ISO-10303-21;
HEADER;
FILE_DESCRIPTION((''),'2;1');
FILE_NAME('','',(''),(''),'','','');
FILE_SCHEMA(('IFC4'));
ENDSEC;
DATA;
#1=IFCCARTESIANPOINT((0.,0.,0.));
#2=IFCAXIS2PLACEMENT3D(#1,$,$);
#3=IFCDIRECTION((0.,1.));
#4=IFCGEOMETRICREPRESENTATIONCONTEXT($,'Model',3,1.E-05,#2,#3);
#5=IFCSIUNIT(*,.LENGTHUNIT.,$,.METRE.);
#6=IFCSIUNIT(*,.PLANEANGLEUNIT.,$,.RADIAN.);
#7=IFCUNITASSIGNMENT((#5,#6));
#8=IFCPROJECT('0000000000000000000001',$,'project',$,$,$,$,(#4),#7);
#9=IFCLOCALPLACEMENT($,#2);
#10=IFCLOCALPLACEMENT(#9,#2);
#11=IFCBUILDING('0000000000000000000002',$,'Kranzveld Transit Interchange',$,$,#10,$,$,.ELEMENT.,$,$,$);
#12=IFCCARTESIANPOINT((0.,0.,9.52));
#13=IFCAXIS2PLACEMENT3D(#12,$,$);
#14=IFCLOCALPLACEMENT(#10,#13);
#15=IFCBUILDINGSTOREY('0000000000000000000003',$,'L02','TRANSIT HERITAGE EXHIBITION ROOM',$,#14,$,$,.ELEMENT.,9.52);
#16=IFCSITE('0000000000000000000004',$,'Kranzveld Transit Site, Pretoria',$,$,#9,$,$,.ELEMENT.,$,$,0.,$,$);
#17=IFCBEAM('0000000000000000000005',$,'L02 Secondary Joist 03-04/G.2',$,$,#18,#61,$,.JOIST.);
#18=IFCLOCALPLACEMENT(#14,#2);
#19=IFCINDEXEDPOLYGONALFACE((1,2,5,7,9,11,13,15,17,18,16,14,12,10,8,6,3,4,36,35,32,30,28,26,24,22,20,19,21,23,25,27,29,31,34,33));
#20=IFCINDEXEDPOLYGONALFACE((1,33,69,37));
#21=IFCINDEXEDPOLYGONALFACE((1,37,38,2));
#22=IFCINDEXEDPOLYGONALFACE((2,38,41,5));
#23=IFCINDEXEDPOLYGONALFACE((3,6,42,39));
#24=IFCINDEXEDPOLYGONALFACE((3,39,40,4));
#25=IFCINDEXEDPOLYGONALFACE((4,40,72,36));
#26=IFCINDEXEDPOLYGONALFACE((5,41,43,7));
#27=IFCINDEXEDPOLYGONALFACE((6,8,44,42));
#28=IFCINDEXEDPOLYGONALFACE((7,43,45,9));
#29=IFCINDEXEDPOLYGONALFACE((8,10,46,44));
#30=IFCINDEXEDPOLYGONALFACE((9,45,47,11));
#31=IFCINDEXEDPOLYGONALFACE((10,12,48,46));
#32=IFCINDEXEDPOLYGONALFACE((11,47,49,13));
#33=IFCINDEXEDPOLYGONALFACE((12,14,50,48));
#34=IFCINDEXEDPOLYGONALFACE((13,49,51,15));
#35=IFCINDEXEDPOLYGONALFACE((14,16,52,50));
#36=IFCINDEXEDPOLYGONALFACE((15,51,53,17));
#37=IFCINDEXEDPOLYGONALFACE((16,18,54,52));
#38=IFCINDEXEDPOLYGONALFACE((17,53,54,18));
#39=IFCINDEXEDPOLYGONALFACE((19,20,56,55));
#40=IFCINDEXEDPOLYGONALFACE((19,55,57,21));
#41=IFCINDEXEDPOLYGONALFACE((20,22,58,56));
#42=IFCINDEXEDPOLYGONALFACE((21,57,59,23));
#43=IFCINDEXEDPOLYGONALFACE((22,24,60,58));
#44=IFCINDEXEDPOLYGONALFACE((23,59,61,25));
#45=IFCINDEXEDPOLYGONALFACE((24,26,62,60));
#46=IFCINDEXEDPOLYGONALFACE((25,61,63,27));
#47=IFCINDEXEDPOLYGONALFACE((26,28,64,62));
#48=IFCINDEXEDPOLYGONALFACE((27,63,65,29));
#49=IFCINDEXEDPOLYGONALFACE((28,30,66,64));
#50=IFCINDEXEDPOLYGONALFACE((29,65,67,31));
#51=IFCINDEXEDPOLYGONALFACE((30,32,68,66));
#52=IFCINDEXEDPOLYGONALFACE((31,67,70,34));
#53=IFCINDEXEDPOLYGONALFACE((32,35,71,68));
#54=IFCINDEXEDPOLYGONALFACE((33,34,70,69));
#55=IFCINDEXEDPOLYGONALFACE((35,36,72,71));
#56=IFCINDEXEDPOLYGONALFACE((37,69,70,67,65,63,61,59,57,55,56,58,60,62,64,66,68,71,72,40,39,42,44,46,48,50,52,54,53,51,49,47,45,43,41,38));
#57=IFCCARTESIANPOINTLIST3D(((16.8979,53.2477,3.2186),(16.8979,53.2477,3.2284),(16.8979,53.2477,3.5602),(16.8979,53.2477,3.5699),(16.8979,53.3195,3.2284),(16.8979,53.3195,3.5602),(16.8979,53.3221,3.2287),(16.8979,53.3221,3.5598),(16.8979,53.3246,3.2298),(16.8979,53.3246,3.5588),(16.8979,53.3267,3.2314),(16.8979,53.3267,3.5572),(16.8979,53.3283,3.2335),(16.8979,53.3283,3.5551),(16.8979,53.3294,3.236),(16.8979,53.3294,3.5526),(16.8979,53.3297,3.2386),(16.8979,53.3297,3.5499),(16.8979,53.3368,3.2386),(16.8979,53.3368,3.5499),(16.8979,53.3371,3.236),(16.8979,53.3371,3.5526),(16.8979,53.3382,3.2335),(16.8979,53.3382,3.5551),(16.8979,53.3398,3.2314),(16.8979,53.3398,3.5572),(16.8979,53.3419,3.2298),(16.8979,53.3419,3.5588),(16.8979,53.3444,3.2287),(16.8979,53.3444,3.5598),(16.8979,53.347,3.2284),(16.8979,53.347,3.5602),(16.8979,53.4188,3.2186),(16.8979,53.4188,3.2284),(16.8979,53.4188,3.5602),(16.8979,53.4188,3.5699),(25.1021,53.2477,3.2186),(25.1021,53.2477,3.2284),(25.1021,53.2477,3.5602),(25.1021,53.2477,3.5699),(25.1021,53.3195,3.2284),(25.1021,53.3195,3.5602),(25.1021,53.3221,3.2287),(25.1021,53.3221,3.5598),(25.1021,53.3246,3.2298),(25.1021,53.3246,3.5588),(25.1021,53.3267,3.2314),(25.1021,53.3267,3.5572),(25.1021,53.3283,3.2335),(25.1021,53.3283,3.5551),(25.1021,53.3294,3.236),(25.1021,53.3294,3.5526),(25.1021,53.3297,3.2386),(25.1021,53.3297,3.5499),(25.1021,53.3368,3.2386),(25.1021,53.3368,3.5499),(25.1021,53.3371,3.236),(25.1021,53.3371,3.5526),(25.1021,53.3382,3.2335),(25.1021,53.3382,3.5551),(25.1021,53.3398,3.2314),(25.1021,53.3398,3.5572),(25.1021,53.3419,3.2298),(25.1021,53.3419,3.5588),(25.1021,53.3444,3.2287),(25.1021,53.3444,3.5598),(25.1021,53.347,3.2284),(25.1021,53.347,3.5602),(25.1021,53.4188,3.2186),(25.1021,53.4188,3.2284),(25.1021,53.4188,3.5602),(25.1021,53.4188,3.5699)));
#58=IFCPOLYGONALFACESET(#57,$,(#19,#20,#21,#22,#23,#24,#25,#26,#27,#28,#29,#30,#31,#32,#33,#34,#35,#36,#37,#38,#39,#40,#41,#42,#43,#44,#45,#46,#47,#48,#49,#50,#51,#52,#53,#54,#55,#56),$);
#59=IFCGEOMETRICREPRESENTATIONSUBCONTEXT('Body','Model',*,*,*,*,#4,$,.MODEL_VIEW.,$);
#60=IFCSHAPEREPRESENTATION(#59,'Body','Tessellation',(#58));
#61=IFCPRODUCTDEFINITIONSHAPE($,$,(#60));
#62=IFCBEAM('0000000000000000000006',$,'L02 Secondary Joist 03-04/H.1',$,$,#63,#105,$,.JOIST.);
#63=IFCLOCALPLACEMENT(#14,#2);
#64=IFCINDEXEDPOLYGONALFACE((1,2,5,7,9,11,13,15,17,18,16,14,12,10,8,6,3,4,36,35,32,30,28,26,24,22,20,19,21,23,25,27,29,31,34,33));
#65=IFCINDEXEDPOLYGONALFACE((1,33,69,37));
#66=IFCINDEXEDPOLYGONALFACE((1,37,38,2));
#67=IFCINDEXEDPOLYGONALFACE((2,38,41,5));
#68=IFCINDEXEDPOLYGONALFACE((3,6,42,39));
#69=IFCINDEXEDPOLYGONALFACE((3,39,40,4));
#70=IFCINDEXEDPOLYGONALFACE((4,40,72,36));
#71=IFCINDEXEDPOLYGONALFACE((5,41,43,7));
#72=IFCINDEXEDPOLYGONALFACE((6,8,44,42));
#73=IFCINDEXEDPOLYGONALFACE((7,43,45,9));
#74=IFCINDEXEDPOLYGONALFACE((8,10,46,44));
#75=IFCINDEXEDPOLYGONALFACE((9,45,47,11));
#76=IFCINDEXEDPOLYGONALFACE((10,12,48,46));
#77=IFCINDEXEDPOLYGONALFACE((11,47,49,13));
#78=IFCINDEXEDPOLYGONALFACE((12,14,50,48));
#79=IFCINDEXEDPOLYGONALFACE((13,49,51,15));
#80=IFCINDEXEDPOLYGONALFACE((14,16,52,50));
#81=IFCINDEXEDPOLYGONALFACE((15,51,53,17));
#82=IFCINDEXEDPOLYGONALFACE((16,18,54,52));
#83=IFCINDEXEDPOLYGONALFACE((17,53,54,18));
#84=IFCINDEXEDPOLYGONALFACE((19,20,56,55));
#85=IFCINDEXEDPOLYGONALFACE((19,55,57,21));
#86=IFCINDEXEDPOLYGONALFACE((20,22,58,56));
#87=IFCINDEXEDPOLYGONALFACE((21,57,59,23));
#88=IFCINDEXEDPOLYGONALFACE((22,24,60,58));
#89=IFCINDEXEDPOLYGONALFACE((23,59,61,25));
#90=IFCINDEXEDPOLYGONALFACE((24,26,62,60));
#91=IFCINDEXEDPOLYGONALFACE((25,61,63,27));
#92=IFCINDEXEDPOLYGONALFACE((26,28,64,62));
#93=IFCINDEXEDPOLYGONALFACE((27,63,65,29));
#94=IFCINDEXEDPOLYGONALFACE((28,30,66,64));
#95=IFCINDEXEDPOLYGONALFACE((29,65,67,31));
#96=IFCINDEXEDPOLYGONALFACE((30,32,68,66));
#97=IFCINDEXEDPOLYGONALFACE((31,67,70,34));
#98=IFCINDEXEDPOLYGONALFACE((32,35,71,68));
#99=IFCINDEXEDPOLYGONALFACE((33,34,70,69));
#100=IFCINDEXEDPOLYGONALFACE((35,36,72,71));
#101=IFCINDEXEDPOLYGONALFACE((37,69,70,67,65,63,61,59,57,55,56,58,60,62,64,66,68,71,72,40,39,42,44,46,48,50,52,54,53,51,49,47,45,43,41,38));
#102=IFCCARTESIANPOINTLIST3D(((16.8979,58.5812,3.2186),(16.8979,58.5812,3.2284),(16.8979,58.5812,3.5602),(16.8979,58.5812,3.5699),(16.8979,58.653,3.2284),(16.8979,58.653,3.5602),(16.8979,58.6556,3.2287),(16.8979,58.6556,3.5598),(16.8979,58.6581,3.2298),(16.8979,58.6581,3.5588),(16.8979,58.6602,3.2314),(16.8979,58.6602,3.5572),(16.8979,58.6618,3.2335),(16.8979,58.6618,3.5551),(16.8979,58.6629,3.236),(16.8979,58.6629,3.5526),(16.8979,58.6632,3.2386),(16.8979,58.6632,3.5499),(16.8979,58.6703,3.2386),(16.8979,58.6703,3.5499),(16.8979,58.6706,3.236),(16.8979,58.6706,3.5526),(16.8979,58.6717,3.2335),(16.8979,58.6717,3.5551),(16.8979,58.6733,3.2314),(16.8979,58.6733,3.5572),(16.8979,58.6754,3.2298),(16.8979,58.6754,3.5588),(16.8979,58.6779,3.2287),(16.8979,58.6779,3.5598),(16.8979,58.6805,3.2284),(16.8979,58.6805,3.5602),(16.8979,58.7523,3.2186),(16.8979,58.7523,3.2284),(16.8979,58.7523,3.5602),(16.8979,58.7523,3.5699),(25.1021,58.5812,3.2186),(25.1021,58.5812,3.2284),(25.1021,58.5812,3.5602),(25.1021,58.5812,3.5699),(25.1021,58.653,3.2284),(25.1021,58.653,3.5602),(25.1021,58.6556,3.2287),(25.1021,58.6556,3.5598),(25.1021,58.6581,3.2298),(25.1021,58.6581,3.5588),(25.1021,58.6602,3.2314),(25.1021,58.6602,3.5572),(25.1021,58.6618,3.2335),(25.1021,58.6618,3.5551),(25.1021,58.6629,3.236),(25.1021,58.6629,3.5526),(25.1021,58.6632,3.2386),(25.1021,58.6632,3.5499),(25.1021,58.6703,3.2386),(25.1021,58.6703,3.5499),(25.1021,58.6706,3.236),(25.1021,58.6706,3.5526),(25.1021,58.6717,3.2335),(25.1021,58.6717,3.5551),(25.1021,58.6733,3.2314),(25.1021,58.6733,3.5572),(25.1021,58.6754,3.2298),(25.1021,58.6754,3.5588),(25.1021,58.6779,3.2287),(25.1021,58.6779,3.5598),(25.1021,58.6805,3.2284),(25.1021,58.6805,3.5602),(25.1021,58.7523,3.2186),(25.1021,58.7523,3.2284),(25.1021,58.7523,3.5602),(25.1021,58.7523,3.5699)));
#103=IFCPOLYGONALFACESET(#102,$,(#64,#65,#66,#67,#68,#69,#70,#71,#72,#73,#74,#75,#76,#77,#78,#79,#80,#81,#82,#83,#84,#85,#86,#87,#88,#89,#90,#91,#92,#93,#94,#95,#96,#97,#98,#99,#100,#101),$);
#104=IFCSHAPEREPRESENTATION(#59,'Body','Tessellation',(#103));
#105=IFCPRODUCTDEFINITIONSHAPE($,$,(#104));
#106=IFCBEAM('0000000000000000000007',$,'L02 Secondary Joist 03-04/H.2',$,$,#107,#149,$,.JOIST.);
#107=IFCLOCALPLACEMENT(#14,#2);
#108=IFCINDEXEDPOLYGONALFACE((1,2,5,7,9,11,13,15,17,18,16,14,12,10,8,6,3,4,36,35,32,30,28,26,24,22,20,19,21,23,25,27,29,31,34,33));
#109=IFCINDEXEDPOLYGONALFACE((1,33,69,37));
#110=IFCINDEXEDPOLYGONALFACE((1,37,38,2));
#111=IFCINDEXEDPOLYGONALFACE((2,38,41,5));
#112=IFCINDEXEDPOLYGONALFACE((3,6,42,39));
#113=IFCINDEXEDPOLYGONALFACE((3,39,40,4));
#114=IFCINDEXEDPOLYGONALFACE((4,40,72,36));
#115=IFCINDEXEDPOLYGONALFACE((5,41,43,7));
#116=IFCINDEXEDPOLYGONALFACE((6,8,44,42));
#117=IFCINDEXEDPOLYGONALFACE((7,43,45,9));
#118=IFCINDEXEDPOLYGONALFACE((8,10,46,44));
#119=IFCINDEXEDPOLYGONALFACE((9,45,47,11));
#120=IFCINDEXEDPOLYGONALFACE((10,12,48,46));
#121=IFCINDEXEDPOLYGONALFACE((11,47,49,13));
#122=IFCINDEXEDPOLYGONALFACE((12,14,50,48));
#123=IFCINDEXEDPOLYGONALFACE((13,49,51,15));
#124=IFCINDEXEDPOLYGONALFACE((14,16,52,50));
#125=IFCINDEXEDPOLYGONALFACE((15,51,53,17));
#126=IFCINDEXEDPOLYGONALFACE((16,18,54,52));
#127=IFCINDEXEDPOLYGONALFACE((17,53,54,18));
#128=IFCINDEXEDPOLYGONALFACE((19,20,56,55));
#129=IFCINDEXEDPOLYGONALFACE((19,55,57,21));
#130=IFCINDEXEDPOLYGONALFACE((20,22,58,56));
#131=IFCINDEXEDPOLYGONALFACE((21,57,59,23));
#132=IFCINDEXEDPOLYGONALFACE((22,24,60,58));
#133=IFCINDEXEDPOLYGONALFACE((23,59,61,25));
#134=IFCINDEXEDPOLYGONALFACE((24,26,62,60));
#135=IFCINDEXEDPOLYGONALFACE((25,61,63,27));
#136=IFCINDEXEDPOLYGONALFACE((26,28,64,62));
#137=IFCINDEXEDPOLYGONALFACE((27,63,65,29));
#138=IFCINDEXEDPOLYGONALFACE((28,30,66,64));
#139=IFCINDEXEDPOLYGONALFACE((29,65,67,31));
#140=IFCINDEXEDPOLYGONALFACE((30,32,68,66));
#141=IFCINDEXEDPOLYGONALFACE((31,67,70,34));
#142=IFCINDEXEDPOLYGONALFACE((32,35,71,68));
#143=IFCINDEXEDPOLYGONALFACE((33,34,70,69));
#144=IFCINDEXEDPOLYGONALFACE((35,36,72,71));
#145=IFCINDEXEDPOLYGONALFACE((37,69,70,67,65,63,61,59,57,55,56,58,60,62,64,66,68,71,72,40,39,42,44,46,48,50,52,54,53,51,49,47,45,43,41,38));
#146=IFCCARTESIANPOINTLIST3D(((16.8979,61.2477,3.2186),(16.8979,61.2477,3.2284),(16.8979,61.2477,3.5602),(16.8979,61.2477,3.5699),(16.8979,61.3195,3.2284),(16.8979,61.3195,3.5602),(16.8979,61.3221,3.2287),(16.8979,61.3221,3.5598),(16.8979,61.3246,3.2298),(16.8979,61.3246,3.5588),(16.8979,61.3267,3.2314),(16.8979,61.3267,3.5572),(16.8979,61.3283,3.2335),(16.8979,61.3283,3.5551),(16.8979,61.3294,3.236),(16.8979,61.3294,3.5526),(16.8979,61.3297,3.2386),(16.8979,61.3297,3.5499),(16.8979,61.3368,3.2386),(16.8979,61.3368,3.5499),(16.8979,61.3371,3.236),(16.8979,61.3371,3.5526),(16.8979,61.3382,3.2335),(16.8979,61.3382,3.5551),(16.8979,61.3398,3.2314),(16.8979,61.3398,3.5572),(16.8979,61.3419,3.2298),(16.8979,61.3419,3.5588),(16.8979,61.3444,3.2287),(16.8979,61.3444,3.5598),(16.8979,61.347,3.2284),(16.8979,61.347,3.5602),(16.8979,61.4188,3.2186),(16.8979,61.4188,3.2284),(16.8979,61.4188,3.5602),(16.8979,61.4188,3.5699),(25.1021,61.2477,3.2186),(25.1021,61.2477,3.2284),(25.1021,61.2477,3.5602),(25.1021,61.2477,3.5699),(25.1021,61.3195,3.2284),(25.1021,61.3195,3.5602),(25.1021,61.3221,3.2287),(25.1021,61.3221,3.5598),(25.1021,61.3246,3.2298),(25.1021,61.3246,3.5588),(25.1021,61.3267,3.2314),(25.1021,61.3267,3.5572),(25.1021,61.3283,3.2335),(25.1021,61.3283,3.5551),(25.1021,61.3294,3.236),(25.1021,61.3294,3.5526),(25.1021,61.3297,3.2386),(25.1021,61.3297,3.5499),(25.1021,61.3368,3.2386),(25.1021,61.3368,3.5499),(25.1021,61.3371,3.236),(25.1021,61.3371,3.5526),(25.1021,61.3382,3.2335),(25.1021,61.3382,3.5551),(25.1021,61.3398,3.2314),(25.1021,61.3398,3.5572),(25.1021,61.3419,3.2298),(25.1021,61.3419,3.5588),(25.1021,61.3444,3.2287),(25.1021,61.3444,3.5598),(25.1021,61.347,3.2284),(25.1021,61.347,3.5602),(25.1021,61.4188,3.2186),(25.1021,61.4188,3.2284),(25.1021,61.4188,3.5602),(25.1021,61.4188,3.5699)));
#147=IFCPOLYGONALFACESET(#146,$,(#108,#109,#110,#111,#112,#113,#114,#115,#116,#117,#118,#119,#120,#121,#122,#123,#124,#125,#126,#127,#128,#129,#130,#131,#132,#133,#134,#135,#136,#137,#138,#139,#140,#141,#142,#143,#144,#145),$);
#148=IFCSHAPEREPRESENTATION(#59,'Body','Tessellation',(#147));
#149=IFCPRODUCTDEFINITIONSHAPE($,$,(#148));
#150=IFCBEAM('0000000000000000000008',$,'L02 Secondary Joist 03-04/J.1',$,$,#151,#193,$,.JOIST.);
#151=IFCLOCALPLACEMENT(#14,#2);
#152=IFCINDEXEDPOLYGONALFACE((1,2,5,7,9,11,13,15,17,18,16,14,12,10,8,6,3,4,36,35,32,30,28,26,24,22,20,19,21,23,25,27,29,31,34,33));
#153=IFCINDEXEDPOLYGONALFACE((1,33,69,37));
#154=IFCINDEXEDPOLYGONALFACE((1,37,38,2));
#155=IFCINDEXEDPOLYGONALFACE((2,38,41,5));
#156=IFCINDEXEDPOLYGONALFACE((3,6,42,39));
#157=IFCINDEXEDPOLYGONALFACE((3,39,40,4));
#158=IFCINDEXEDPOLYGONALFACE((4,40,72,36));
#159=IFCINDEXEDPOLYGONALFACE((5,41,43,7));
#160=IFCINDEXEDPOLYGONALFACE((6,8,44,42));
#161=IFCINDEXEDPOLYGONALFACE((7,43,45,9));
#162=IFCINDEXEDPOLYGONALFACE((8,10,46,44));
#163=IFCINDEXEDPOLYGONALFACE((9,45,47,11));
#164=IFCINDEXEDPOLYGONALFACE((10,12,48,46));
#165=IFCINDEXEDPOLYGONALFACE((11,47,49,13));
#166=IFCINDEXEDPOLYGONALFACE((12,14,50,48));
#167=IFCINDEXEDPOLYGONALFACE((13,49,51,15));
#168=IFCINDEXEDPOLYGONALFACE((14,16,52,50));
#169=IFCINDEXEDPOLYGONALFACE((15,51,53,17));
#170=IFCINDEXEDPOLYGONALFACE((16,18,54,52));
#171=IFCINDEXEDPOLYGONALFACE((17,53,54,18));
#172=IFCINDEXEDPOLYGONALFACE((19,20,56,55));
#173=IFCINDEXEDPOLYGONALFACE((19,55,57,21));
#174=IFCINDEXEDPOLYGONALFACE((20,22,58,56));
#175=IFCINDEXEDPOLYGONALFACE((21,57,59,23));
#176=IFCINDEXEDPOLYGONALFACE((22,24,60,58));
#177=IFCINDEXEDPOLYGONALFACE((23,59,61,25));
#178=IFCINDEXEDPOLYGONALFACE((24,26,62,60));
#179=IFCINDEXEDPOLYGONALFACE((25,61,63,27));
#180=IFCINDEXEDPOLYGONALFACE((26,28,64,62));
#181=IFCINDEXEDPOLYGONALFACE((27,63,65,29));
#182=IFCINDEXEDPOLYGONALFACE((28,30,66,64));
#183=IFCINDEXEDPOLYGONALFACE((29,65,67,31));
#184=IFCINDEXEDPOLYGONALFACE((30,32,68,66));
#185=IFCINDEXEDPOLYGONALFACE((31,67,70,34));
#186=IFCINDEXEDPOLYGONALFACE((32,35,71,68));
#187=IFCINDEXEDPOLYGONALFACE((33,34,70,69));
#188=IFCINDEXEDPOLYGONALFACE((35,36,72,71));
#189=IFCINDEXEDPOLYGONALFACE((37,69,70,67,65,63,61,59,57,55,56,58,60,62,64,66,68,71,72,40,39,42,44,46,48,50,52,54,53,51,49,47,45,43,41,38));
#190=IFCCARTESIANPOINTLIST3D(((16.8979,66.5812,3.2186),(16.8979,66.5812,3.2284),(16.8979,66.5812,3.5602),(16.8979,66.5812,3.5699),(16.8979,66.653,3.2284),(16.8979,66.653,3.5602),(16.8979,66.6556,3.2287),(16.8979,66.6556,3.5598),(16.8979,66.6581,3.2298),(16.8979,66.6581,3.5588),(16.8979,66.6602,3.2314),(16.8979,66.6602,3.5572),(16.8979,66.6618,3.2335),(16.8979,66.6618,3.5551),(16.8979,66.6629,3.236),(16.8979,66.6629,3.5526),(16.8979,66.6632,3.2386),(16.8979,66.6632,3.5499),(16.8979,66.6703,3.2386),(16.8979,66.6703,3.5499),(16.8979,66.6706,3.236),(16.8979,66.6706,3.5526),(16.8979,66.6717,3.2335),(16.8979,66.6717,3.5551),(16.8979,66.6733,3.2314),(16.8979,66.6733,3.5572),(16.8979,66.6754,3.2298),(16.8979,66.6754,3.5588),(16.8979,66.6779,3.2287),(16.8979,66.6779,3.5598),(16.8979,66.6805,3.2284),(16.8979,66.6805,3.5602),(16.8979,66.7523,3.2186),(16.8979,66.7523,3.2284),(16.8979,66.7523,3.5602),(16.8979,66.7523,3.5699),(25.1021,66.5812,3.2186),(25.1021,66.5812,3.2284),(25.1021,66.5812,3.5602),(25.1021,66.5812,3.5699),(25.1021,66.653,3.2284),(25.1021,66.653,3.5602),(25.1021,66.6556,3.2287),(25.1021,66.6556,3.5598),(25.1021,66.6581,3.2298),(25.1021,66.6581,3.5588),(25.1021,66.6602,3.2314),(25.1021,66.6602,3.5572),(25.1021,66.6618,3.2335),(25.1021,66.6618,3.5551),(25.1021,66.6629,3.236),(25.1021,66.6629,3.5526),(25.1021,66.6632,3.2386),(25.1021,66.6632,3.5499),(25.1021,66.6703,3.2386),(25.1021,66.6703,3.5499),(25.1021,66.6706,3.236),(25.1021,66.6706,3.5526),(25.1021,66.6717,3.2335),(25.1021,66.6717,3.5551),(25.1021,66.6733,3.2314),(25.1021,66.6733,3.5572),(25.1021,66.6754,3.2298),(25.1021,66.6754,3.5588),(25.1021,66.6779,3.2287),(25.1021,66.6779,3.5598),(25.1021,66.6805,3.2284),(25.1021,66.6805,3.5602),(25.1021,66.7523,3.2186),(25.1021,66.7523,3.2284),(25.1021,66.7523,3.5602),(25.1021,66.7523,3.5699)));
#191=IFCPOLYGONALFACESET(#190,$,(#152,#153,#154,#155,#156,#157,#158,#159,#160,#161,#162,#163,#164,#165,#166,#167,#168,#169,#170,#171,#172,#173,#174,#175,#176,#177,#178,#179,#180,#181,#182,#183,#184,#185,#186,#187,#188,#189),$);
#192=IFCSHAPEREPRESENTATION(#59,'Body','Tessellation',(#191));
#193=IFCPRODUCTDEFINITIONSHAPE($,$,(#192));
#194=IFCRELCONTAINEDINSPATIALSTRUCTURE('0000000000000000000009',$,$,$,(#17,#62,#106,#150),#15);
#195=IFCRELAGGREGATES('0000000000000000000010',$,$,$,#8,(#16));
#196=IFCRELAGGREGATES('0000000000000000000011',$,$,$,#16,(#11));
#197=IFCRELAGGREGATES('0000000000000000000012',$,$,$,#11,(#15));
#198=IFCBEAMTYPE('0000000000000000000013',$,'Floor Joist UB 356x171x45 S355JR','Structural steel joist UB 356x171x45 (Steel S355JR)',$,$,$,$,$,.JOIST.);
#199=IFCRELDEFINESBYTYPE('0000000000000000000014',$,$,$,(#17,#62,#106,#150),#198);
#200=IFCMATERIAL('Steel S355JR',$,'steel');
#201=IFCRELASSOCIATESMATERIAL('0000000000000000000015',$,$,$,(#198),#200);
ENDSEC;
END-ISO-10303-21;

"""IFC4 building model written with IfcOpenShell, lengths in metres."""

from ifc_helpers import new_model, si_unit, direction, frame, origin, origin_2d, place, context, subcontext, project, spatial, i_section, extrude, material, material_profile, profile_set, type_object, element, save


model = new_model("IFC4")

# Units and contexts
model_context = context("Model", 3, precision=1e-05, world=origin(), true_north=direction((0.0, 1.0)))
body_context = subcontext(model_context, "Body", "Model", "MODEL_VIEW")
ifc_project = project(units=[si_unit("LENGTHUNIT", "METRE"), si_unit("PLANEANGLEUNIT", "RADIAN")], contexts=[model_context])

# Site, building, storey
site_placement = place(None, origin())
site = spatial("IfcSite", under=ifc_project, at=site_placement, Name="Kranzveld Transit Site, Pretoria", CompositionType="ELEMENT", RefElevation=0.0)
building_placement = place(site_placement, origin())
building = spatial("IfcBuilding", under=site, at=building_placement, Name="Kranzveld Transit Interchange", CompositionType="ELEMENT")
storey_placement = place(building_placement, frame((0.0, 0.0, 9.52)))
storey = spatial("IfcBuildingStorey", under=building, at=storey_placement, Name="L02", Description="TRANSIT HERITAGE EXHIBITION ROOM", CompositionType="ELEMENT", Elevation=9.52)

# Beams
ifc_material_1 = material(Name="Steel S355JR", Category="steel")
ifc_material_profile_1 = material_profile(ifc_material_1, i_section(OverallWidth=0.1711, OverallDepth=0.3513, WebThickness=0.0071, FlangeThickness=0.0098, FilletRadius=0.0103, at=origin_2d()), Name="UB 356x171x45")
ifc_profile_set_1 = profile_set([ifc_material_profile_1], Name="Steel S355JR")
beam_type_1 = type_object("IfcBeamType", Name="Floor Joist UB 356x171x45 S355JR", Description="Structural steel joist UB 356x171x45 (Steel S355JR)", PredefinedType="JOIST", material=ifc_profile_set_1)
for number, where, z_axis, x_axis, name in (
    (1, (16.8979, 53.3333, 3.3943), (1.0, 0.0, 0.0), (0.0, 1.0, 0.0), "L02 Secondary Joist 03-04/G.2"),
    (2, (16.8979, 58.6667, 3.3943), (1.0, 0.0, 0.0), (0.0, 1.0, 0.0), "L02 Secondary Joist 03-04/H.1"),
    (3, (16.8979, 61.3333, 3.3943), (1.0, 0.0, 0.0), (0.0, 1.0, 0.0), "L02 Secondary Joist 03-04/H.2"),
    (4, (16.8979, 66.6667, 3.3943), (1.0, 0.0, 0.0), (0.0, 1.0, 0.0), "L02 Secondary Joist 03-04/J.1"),
):
    element("IfcBeam", number, at=place(storey_placement, frame(where, z_axis=z_axis, x_axis=x_axis)), inside=storey, type_object=beam_type_1, Name=name, PredefinedType="JOIST", context=body_context, shape_type="SweptSolid", body=[
        extrude(i_section(OverallWidth=0.1711, OverallDepth=0.3513, WebThickness=0.0071, FlangeThickness=0.0098, FilletRadius=0.0103, at=origin_2d()), origin(), (0.0, 0.0, 1.0), 8.2041),
    ])

save(model, "model.ifc")
